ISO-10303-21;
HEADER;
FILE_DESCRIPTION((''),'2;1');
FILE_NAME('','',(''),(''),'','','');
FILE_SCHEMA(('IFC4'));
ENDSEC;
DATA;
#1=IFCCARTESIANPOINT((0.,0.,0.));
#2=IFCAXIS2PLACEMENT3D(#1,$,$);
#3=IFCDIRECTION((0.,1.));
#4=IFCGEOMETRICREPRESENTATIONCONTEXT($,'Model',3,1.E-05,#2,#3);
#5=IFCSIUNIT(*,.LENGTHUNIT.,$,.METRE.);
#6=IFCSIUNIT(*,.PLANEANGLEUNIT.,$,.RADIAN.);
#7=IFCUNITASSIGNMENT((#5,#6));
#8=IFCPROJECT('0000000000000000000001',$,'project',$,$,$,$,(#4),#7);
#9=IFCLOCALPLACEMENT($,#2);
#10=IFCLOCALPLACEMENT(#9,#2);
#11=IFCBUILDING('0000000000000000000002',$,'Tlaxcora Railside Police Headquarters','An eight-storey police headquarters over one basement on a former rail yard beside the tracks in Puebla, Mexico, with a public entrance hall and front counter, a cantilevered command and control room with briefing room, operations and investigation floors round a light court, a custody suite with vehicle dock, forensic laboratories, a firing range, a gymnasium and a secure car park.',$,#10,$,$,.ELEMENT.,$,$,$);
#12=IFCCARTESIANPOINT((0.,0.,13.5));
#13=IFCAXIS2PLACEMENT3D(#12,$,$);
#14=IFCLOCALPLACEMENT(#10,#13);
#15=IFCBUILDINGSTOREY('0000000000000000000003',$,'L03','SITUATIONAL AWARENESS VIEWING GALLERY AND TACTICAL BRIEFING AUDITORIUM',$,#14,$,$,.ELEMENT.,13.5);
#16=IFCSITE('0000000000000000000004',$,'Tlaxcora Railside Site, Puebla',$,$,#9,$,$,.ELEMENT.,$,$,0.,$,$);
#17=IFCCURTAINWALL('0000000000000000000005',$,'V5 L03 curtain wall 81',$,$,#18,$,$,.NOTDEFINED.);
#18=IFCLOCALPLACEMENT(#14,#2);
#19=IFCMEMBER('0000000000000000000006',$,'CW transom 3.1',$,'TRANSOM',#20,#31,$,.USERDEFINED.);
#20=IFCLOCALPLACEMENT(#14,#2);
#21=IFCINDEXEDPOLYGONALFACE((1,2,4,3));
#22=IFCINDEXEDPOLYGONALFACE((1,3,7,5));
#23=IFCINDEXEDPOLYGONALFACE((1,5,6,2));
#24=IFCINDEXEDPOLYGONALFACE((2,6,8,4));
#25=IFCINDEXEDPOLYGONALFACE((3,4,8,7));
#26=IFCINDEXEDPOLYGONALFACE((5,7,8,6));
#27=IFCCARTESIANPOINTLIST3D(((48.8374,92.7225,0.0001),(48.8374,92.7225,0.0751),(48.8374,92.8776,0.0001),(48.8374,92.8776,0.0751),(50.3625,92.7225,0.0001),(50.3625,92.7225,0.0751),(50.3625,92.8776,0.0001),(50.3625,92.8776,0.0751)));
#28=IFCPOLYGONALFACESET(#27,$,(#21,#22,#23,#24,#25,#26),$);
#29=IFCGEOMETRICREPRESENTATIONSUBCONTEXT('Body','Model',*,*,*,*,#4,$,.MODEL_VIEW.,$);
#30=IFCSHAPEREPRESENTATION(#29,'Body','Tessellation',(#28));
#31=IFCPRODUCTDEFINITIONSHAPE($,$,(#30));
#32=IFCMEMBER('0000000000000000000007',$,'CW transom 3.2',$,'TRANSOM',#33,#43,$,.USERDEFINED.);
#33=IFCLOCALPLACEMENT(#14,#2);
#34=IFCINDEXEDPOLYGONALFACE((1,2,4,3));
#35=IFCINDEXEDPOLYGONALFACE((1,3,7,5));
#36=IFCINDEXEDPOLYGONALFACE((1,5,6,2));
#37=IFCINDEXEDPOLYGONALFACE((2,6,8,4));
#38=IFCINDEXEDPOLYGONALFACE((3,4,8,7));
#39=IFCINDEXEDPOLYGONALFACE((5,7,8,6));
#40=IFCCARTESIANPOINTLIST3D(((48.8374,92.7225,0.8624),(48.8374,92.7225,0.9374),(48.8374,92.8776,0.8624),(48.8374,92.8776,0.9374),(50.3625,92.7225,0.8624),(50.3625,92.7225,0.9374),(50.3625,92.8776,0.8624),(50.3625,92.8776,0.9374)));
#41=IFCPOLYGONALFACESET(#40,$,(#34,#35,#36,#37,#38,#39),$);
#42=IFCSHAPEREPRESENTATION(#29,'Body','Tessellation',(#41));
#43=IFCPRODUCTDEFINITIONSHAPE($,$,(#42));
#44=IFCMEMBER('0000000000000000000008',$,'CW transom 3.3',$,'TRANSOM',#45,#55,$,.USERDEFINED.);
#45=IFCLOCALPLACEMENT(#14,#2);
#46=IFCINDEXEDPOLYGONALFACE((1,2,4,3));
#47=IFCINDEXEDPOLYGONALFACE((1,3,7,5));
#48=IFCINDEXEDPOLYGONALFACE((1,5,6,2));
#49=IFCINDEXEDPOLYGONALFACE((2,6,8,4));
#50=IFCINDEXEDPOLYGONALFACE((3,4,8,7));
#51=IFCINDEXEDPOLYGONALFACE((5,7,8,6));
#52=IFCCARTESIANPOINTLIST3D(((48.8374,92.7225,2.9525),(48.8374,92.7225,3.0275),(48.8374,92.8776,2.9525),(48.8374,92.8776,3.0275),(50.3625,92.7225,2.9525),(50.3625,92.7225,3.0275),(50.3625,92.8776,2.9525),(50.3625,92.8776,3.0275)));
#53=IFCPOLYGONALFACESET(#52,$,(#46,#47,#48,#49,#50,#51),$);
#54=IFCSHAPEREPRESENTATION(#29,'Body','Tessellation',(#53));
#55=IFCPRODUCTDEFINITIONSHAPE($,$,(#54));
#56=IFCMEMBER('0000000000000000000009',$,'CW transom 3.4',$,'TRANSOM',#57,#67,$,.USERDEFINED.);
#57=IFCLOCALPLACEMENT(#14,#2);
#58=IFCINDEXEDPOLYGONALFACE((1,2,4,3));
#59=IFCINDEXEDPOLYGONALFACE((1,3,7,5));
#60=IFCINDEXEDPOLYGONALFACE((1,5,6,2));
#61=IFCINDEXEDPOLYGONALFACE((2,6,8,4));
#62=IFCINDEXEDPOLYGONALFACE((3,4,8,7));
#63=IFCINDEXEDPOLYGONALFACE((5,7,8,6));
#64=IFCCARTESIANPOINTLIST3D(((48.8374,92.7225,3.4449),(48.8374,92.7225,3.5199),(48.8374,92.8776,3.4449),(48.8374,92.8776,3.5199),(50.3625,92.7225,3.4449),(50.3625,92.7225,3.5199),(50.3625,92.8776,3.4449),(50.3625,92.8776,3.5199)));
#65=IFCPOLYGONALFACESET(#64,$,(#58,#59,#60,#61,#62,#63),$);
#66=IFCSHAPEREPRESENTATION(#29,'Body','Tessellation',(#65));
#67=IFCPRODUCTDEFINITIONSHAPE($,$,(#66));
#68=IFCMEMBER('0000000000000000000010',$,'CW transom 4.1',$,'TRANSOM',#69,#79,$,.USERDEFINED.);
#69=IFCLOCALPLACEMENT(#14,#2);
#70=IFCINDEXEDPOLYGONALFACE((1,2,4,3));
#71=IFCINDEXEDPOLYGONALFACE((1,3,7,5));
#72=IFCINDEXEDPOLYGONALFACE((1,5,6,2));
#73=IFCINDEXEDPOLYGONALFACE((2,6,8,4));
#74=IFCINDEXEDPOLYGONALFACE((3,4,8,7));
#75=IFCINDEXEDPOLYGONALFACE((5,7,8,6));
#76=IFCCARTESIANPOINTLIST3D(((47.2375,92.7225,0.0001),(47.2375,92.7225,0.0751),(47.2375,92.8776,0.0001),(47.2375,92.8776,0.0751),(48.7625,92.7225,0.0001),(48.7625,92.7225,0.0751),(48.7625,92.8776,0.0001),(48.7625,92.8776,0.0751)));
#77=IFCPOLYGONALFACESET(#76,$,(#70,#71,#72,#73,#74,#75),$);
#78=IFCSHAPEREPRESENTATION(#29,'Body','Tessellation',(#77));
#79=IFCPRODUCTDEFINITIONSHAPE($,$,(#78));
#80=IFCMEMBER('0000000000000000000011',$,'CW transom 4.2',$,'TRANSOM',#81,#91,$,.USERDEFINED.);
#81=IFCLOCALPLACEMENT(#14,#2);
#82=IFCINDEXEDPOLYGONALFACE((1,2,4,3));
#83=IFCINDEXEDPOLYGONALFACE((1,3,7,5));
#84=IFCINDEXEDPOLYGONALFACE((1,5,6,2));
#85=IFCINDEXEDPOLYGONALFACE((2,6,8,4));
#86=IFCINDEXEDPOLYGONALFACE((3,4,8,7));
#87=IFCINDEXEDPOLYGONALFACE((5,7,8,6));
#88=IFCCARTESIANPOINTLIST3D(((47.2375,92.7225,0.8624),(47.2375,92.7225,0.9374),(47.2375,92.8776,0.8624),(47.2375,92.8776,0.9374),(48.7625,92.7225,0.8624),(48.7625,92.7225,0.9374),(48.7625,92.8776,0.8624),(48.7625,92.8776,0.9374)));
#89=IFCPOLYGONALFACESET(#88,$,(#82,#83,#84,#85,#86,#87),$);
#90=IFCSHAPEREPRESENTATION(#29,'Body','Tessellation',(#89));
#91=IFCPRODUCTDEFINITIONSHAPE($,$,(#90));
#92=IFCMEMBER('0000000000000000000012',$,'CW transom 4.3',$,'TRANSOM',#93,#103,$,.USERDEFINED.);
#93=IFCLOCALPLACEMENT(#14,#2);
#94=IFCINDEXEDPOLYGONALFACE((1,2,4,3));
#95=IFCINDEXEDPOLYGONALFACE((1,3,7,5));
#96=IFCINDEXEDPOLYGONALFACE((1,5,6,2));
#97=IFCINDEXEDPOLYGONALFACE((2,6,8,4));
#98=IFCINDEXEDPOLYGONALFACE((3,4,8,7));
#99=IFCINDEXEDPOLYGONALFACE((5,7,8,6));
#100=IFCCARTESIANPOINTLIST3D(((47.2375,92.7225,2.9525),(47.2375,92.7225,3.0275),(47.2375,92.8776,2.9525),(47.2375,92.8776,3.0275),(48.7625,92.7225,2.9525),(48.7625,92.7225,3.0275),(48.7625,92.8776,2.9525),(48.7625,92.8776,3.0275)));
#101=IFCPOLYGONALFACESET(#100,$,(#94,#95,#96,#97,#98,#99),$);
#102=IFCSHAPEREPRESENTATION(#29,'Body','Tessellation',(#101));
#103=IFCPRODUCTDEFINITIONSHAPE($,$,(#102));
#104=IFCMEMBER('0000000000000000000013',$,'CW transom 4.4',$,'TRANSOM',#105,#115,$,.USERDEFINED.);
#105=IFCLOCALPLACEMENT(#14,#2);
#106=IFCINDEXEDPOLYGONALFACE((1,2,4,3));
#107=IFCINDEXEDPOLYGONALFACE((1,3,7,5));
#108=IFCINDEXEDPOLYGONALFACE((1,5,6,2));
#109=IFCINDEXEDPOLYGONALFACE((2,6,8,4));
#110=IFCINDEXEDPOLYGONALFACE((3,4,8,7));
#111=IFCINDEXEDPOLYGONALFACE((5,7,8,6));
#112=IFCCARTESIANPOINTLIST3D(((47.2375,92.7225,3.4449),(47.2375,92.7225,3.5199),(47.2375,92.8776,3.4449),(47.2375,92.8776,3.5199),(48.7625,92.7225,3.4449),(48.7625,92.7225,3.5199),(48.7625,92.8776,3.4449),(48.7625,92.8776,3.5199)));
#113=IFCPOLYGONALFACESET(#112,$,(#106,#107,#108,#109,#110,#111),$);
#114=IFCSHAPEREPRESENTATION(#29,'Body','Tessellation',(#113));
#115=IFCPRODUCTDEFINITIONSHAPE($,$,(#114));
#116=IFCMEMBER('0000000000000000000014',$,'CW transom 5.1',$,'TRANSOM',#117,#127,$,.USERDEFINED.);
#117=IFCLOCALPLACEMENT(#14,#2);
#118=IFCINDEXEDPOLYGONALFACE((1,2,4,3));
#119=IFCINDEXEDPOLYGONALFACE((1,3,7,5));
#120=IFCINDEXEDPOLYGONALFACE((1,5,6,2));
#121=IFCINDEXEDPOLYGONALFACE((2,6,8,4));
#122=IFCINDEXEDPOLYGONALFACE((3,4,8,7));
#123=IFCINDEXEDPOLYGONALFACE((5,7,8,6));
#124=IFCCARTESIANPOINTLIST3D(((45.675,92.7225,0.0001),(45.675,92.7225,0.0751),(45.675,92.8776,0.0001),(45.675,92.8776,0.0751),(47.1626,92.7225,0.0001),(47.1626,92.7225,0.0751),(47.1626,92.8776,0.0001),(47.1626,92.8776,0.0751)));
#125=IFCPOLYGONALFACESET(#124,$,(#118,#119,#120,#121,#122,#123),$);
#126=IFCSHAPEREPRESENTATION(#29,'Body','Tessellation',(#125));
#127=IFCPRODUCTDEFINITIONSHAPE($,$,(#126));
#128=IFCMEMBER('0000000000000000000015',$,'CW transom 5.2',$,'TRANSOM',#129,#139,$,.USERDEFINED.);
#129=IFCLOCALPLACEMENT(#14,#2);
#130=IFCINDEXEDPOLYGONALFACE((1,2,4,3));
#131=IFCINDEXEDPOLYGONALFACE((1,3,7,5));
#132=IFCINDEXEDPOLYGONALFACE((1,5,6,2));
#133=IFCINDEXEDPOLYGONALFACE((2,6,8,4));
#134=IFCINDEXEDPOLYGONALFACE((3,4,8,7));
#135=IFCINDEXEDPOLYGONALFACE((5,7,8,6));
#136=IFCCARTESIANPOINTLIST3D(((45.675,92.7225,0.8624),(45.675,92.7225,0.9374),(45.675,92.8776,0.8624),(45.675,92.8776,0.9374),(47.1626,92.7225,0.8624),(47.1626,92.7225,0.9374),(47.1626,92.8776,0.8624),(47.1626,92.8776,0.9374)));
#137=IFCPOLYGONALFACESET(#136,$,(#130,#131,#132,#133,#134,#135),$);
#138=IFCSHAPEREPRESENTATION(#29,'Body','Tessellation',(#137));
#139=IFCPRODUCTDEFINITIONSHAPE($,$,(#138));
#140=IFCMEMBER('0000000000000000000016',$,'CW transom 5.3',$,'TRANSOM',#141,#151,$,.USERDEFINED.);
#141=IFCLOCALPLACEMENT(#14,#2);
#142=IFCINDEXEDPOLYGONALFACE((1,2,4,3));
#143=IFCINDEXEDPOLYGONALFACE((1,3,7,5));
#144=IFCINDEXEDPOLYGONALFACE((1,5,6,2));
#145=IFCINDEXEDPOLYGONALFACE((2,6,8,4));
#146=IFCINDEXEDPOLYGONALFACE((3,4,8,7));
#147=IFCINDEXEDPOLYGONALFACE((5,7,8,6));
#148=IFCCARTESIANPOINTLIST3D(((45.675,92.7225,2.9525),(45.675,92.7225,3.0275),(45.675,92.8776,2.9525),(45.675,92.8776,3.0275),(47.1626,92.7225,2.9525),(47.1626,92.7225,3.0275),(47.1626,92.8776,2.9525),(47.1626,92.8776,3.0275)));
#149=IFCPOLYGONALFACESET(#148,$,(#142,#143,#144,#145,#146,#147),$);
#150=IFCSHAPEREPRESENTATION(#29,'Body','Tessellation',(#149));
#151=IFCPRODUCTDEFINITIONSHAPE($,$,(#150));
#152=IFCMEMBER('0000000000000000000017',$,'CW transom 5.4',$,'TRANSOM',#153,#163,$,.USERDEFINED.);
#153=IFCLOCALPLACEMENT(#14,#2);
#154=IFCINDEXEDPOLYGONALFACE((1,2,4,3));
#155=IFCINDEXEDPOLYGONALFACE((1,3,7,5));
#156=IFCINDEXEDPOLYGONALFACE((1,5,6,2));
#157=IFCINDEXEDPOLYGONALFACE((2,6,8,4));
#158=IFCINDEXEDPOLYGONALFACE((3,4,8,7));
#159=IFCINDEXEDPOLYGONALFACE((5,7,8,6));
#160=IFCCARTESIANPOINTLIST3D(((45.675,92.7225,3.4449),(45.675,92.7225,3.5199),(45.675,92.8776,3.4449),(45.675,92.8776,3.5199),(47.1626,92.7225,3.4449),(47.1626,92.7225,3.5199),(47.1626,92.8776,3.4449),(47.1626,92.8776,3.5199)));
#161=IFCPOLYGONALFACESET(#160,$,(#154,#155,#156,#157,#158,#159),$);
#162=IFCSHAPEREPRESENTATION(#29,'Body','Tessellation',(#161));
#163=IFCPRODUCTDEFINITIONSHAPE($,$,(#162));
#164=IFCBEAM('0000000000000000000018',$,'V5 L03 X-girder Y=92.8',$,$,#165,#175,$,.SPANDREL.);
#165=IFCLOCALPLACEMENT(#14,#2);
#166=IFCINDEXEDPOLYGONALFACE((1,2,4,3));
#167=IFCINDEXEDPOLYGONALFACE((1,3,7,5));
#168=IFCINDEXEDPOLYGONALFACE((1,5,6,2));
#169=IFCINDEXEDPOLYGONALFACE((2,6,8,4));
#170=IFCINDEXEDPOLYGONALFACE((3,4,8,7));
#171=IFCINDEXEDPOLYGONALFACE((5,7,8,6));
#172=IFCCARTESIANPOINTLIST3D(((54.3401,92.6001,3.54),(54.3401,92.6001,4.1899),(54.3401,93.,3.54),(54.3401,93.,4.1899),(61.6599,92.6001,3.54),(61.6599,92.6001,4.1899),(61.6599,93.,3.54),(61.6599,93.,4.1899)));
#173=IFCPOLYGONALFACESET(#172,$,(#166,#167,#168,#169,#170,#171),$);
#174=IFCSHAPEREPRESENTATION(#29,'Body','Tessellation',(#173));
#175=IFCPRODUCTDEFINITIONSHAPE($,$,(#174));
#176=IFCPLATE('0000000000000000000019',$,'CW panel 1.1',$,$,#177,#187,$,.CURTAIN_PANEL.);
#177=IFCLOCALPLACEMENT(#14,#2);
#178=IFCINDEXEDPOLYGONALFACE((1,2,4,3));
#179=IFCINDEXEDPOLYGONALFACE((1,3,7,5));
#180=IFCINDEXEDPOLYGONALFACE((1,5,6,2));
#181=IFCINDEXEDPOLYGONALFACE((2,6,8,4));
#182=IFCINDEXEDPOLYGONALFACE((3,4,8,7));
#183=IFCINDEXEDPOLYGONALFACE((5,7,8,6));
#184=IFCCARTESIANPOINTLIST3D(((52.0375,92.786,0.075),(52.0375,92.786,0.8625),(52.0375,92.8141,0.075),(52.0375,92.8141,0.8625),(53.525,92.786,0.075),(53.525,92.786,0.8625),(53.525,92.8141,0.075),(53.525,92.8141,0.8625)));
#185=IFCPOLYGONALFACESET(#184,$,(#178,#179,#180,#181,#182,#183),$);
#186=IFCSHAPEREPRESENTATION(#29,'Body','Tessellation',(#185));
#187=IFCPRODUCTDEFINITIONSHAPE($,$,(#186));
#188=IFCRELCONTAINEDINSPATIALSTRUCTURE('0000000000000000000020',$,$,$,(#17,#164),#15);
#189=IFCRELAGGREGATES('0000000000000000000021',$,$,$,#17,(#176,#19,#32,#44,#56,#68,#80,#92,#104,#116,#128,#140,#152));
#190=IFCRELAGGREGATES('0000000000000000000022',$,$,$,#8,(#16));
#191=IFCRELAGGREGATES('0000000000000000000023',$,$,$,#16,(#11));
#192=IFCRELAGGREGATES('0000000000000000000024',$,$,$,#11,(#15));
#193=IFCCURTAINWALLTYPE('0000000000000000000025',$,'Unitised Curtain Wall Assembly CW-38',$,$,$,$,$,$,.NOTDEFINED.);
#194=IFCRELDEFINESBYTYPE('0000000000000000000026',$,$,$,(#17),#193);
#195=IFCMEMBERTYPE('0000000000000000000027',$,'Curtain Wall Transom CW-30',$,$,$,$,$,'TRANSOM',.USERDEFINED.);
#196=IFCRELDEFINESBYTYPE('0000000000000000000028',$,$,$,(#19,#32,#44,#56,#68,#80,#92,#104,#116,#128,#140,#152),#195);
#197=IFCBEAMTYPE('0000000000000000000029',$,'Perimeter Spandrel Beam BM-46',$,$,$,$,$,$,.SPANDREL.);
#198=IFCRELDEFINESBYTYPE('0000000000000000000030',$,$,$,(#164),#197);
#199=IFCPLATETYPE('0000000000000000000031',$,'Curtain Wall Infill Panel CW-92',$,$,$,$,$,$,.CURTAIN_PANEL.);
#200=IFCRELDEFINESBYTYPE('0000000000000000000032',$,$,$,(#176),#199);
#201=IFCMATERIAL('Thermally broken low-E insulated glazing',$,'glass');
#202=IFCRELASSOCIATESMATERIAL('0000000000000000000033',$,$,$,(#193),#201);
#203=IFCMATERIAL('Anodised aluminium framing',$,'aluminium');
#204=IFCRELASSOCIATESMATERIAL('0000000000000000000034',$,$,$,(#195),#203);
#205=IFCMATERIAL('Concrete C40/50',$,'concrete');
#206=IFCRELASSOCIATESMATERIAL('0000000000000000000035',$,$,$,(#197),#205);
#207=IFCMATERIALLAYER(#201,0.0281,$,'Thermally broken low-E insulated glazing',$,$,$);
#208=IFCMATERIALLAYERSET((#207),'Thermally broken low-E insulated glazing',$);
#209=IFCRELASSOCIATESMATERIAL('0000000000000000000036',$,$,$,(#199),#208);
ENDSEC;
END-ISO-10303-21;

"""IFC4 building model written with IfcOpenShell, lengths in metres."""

from ifc_helpers import new_model, si_unit, direction, frame, origin, origin_2d, place, context, subcontext, project, spatial, rectangle, extrude, material, layer, layer_set, material_profile, profile_set, type_object, element, aggregate, save


model = new_model("IFC4")

# Units and contexts
model_context = context("Model", 3, precision=1e-05, world=origin(), true_north=direction((0.0, 1.0)))
body_context = subcontext(model_context, "Body", "Model", "MODEL_VIEW")
ifc_project = project(units=[si_unit("LENGTHUNIT", "METRE"), si_unit("PLANEANGLEUNIT", "RADIAN")], contexts=[model_context])

# Site, building, storey
site_placement = place(None, origin())
site = spatial("IfcSite", under=ifc_project, at=site_placement, Name="Tlaxcora Railside Site, Puebla", CompositionType="ELEMENT", RefElevation=0.0)
building_placement = place(site_placement, origin())
building = spatial("IfcBuilding", under=site, at=building_placement, Name="Tlaxcora Railside Police Headquarters", Description="An eight-storey police headquarters over one basement on a former rail yard beside the tracks in Puebla, Mexico, with a public entrance hall and front counter, a cantilevered command and control room with briefing room, operations and investigation floors round a light court, a custody suite with vehicle dock, forensic laboratories, a firing range, a gymnasium and a secure car park.", CompositionType="ELEMENT")
storey_placement = place(building_placement, frame((0.0, 0.0, 13.5)))
storey = spatial("IfcBuildingStorey", under=building, at=storey_placement, Name="L03", Description="SITUATIONAL AWARENESS VIEWING GALLERY AND TACTICAL BRIEFING AUDITORIUM", CompositionType="ELEMENT", Elevation=13.5)

# Shared definitions
ifc_material_1 = material(Name="Concrete C40/50", Category="concrete")

# Curtain wall, members
ifc_material_2 = material(Name="Thermally broken low-E insulated glazing", Category="glass")
curtain_wall_type = type_object("IfcCurtainWallType", Name="Unitised Curtain Wall Assembly CW-38", PredefinedType="NOTDEFINED", material=ifc_material_2)
curtain_wall_placement = place(storey_placement, origin())
curtain_wall = element("IfcCurtainWall", 1, at=curtain_wall_placement, inside=storey, type_object=curtain_wall_type, Name="V5 L03 curtain wall 81", PredefinedType="NOTDEFINED")
ifc_material_3 = material(Name="Anodised aluminium framing", Category="aluminium")
ifc_material_profile_1 = material_profile(ifc_material_3, rectangle(XDim=0.155, YDim=0.075, at=origin_2d()), Name="AL75X155")
ifc_profile_set_1 = profile_set([ifc_material_profile_1], Name="Anodised aluminium framing")
member_type_1 = type_object("IfcMemberType", Name="Curtain Wall Transom CW-30", ElementType="TRANSOM", PredefinedType="USERDEFINED", material=ifc_profile_set_1)
member_1_placement = place(storey_placement, frame((50.3625, 92.8, 0.0376), z_axis=(-1.0, 0.0, 0.0), x_axis=(0.0, -1.0, 0.0)))
member_1 = element("IfcMember", 2, at=member_1_placement, type_object=member_type_1, Name="CW transom 3.1", ObjectType="TRANSOM", PredefinedType="USERDEFINED", context=body_context, shape_type="SweptSolid", body=[
    extrude(rectangle(XDim=0.155, YDim=0.075, at=origin_2d()), origin(), (0.0, 0.0, 1.0), 1.5251),
])
member_2_placement = place(storey_placement, frame((50.3625, 92.8, 0.8999), z_axis=(-1.0, 0.0, 0.0), x_axis=(0.0, -1.0, 0.0)))
member_2 = element("IfcMember", 3, at=member_2_placement, type_object=member_type_1, Name="CW transom 3.2", ObjectType="TRANSOM", PredefinedType="USERDEFINED", context=body_context, shape_type="SweptSolid", body=[
    extrude(rectangle(XDim=0.155, YDim=0.075, at=origin_2d()), origin(), (0.0, 0.0, 1.0), 1.5251),
])
member_3_placement = place(storey_placement, frame((50.3625, 92.8, 2.99), z_axis=(-1.0, 0.0, 0.0), x_axis=(0.0, -1.0, 0.0)))
member_3 = element("IfcMember", 4, at=member_3_placement, type_object=member_type_1, Name="CW transom 3.3", ObjectType="TRANSOM", PredefinedType="USERDEFINED", context=body_context, shape_type="SweptSolid", body=[
    extrude(rectangle(XDim=0.155, YDim=0.075, at=origin_2d()), origin(), (0.0, 0.0, 1.0), 1.5251),
])
member_4_placement = place(storey_placement, frame((50.3625, 92.8, 3.4824), z_axis=(-1.0, 0.0, 0.0), x_axis=(0.0, -1.0, 0.0)))
member_4 = element("IfcMember", 5, at=member_4_placement, type_object=member_type_1, Name="CW transom 3.4", ObjectType="TRANSOM", PredefinedType="USERDEFINED", context=body_context, shape_type="SweptSolid", body=[
    extrude(rectangle(XDim=0.155, YDim=0.075, at=origin_2d()), origin(), (0.0, 0.0, 1.0), 1.5251),
])
member_5_placement = place(storey_placement, frame((48.7625, 92.8, 0.0376), z_axis=(-1.0, 0.0, 0.0), x_axis=(0.0, -1.0, 0.0)))
member_5 = element("IfcMember", 6, at=member_5_placement, type_object=member_type_1, Name="CW transom 4.1", ObjectType="TRANSOM", PredefinedType="USERDEFINED", context=body_context, shape_type="SweptSolid", body=[
    extrude(rectangle(XDim=0.155, YDim=0.075, at=origin_2d()), origin(), (0.0, 0.0, 1.0), 1.5249),
])
member_6_placement = place(storey_placement, frame((48.7625, 92.8, 0.8999), z_axis=(-1.0, 0.0, 0.0), x_axis=(0.0, -1.0, 0.0)))
member_6 = element("IfcMember", 7, at=member_6_placement, type_object=member_type_1, Name="CW transom 4.2", ObjectType="TRANSOM", PredefinedType="USERDEFINED", context=body_context, shape_type="SweptSolid", body=[
    extrude(rectangle(XDim=0.155, YDim=0.075, at=origin_2d()), origin(), (0.0, 0.0, 1.0), 1.5249),
])
member_7_placement = place(storey_placement, frame((48.7625, 92.8, 2.99), z_axis=(-1.0, 0.0, 0.0), x_axis=(0.0, -1.0, 0.0)))
member_7 = element("IfcMember", 8, at=member_7_placement, type_object=member_type_1, Name="CW transom 4.3", ObjectType="TRANSOM", PredefinedType="USERDEFINED", context=body_context, shape_type="SweptSolid", body=[
    extrude(rectangle(XDim=0.155, YDim=0.075, at=origin_2d()), origin(), (0.0, 0.0, 1.0), 1.5249),
])
member_8_placement = place(storey_placement, frame((48.7625, 92.8, 3.4824), z_axis=(-1.0, 0.0, 0.0), x_axis=(0.0, -1.0, 0.0)))
member_8 = element("IfcMember", 9, at=member_8_placement, type_object=member_type_1, Name="CW transom 4.4", ObjectType="TRANSOM", PredefinedType="USERDEFINED", context=body_context, shape_type="SweptSolid", body=[
    extrude(rectangle(XDim=0.155, YDim=0.075, at=origin_2d()), origin(), (0.0, 0.0, 1.0), 1.5249),
])
member_9_placement = place(storey_placement, frame((47.1626, 92.8, 0.0376), z_axis=(-1.0, 0.0, 0.0), x_axis=(0.0, -1.0, 0.0)))
member_9 = element("IfcMember", 10, at=member_9_placement, type_object=member_type_1, Name="CW transom 5.1", ObjectType="TRANSOM", PredefinedType="USERDEFINED", context=body_context, shape_type="SweptSolid", body=[
    extrude(rectangle(XDim=0.155, YDim=0.075, at=origin_2d()), origin(), (0.0, 0.0, 1.0), 1.4875),
])
member_10_placement = place(storey_placement, frame((47.1626, 92.8, 0.8999), z_axis=(-1.0, 0.0, 0.0), x_axis=(0.0, -1.0, 0.0)))
member_10 = element("IfcMember", 11, at=member_10_placement, type_object=member_type_1, Name="CW transom 5.2", ObjectType="TRANSOM", PredefinedType="USERDEFINED", context=body_context, shape_type="SweptSolid", body=[
    extrude(rectangle(XDim=0.155, YDim=0.075, at=origin_2d()), origin(), (0.0, 0.0, 1.0), 1.4875),
])
member_11_placement = place(storey_placement, frame((47.1626, 92.8, 2.99), z_axis=(-1.0, 0.0, 0.0), x_axis=(0.0, -1.0, 0.0)))
member_11 = element("IfcMember", 12, at=member_11_placement, type_object=member_type_1, Name="CW transom 5.3", ObjectType="TRANSOM", PredefinedType="USERDEFINED", context=body_context, shape_type="SweptSolid", body=[
    extrude(rectangle(XDim=0.155, YDim=0.075, at=origin_2d()), origin(), (0.0, 0.0, 1.0), 1.4875),
])
member_12_placement = place(storey_placement, frame((47.1626, 92.8, 3.4824), z_axis=(-1.0, 0.0, 0.0), x_axis=(0.0, -1.0, 0.0)))
member_12 = element("IfcMember", 13, at=member_12_placement, type_object=member_type_1, Name="CW transom 5.4", ObjectType="TRANSOM", PredefinedType="USERDEFINED", context=body_context, shape_type="SweptSolid", body=[
    extrude(rectangle(XDim=0.155, YDim=0.075, at=origin_2d()), origin(), (0.0, 0.0, 1.0), 1.4875),
])

# Beam
ifc_material_profile_2 = material_profile(ifc_material_1, rectangle(XDim=0.3999, YDim=0.6499, at=origin_2d()), Name="RC400X650")
ifc_profile_set_2 = profile_set([ifc_material_profile_2], Name="Concrete C40/50")
beam_type = type_object("IfcBeamType", Name="Perimeter Spandrel Beam BM-46", PredefinedType="SPANDREL", material=ifc_profile_set_2)
beam_placement = place(storey_placement, frame((54.3401, 92.8, 3.865), z_axis=(1.0, 0.0, 0.0), x_axis=(0.0, 1.0, 0.0)))
element("IfcBeam", 14, at=beam_placement, inside=storey, type_object=beam_type, Name="V5 L03 X-girder Y=92.8", PredefinedType="SPANDREL", context=body_context, shape_type="SweptSolid", body=[
    extrude(rectangle(XDim=0.3999, YDim=0.6499, at=origin_2d()), origin(), (0.0, 0.0, 1.0), 7.3198),
])

# Plate
ifc_layer = layer(ifc_material_2, 0.0281, Name="Thermally broken low-E insulated glazing")
ifc_layer_set = layer_set([ifc_layer], Name="Thermally broken low-E insulated glazing")
plate_type = type_object("IfcPlateType", Name="Curtain Wall Infill Panel CW-92", PredefinedType="CURTAIN_PANEL", material=ifc_layer_set)
plate_1_placement = place(storey_placement, frame((52.7812, 92.8, 0.075), z_axis=(0.0, 0.0, 1.0), x_axis=(-1.0, 0.0, 0.0)))
plate_1 = element("IfcPlate", 15, at=plate_1_placement, type_object=plate_type, Name="CW panel 1.1", PredefinedType="CURTAIN_PANEL", context=body_context, shape_type="SweptSolid", body=[
    extrude(rectangle(XDim=1.4875, YDim=0.0281, at=origin_2d()), origin(), (0.0, 0.0, 1.0), 0.7876),
])
aggregate(curtain_wall, [plate_1, member_1, member_2, member_3, member_4, member_5, member_6, member_7, member_8, member_9, member_10, member_11, member_12])

save(model, "model.ifc")
